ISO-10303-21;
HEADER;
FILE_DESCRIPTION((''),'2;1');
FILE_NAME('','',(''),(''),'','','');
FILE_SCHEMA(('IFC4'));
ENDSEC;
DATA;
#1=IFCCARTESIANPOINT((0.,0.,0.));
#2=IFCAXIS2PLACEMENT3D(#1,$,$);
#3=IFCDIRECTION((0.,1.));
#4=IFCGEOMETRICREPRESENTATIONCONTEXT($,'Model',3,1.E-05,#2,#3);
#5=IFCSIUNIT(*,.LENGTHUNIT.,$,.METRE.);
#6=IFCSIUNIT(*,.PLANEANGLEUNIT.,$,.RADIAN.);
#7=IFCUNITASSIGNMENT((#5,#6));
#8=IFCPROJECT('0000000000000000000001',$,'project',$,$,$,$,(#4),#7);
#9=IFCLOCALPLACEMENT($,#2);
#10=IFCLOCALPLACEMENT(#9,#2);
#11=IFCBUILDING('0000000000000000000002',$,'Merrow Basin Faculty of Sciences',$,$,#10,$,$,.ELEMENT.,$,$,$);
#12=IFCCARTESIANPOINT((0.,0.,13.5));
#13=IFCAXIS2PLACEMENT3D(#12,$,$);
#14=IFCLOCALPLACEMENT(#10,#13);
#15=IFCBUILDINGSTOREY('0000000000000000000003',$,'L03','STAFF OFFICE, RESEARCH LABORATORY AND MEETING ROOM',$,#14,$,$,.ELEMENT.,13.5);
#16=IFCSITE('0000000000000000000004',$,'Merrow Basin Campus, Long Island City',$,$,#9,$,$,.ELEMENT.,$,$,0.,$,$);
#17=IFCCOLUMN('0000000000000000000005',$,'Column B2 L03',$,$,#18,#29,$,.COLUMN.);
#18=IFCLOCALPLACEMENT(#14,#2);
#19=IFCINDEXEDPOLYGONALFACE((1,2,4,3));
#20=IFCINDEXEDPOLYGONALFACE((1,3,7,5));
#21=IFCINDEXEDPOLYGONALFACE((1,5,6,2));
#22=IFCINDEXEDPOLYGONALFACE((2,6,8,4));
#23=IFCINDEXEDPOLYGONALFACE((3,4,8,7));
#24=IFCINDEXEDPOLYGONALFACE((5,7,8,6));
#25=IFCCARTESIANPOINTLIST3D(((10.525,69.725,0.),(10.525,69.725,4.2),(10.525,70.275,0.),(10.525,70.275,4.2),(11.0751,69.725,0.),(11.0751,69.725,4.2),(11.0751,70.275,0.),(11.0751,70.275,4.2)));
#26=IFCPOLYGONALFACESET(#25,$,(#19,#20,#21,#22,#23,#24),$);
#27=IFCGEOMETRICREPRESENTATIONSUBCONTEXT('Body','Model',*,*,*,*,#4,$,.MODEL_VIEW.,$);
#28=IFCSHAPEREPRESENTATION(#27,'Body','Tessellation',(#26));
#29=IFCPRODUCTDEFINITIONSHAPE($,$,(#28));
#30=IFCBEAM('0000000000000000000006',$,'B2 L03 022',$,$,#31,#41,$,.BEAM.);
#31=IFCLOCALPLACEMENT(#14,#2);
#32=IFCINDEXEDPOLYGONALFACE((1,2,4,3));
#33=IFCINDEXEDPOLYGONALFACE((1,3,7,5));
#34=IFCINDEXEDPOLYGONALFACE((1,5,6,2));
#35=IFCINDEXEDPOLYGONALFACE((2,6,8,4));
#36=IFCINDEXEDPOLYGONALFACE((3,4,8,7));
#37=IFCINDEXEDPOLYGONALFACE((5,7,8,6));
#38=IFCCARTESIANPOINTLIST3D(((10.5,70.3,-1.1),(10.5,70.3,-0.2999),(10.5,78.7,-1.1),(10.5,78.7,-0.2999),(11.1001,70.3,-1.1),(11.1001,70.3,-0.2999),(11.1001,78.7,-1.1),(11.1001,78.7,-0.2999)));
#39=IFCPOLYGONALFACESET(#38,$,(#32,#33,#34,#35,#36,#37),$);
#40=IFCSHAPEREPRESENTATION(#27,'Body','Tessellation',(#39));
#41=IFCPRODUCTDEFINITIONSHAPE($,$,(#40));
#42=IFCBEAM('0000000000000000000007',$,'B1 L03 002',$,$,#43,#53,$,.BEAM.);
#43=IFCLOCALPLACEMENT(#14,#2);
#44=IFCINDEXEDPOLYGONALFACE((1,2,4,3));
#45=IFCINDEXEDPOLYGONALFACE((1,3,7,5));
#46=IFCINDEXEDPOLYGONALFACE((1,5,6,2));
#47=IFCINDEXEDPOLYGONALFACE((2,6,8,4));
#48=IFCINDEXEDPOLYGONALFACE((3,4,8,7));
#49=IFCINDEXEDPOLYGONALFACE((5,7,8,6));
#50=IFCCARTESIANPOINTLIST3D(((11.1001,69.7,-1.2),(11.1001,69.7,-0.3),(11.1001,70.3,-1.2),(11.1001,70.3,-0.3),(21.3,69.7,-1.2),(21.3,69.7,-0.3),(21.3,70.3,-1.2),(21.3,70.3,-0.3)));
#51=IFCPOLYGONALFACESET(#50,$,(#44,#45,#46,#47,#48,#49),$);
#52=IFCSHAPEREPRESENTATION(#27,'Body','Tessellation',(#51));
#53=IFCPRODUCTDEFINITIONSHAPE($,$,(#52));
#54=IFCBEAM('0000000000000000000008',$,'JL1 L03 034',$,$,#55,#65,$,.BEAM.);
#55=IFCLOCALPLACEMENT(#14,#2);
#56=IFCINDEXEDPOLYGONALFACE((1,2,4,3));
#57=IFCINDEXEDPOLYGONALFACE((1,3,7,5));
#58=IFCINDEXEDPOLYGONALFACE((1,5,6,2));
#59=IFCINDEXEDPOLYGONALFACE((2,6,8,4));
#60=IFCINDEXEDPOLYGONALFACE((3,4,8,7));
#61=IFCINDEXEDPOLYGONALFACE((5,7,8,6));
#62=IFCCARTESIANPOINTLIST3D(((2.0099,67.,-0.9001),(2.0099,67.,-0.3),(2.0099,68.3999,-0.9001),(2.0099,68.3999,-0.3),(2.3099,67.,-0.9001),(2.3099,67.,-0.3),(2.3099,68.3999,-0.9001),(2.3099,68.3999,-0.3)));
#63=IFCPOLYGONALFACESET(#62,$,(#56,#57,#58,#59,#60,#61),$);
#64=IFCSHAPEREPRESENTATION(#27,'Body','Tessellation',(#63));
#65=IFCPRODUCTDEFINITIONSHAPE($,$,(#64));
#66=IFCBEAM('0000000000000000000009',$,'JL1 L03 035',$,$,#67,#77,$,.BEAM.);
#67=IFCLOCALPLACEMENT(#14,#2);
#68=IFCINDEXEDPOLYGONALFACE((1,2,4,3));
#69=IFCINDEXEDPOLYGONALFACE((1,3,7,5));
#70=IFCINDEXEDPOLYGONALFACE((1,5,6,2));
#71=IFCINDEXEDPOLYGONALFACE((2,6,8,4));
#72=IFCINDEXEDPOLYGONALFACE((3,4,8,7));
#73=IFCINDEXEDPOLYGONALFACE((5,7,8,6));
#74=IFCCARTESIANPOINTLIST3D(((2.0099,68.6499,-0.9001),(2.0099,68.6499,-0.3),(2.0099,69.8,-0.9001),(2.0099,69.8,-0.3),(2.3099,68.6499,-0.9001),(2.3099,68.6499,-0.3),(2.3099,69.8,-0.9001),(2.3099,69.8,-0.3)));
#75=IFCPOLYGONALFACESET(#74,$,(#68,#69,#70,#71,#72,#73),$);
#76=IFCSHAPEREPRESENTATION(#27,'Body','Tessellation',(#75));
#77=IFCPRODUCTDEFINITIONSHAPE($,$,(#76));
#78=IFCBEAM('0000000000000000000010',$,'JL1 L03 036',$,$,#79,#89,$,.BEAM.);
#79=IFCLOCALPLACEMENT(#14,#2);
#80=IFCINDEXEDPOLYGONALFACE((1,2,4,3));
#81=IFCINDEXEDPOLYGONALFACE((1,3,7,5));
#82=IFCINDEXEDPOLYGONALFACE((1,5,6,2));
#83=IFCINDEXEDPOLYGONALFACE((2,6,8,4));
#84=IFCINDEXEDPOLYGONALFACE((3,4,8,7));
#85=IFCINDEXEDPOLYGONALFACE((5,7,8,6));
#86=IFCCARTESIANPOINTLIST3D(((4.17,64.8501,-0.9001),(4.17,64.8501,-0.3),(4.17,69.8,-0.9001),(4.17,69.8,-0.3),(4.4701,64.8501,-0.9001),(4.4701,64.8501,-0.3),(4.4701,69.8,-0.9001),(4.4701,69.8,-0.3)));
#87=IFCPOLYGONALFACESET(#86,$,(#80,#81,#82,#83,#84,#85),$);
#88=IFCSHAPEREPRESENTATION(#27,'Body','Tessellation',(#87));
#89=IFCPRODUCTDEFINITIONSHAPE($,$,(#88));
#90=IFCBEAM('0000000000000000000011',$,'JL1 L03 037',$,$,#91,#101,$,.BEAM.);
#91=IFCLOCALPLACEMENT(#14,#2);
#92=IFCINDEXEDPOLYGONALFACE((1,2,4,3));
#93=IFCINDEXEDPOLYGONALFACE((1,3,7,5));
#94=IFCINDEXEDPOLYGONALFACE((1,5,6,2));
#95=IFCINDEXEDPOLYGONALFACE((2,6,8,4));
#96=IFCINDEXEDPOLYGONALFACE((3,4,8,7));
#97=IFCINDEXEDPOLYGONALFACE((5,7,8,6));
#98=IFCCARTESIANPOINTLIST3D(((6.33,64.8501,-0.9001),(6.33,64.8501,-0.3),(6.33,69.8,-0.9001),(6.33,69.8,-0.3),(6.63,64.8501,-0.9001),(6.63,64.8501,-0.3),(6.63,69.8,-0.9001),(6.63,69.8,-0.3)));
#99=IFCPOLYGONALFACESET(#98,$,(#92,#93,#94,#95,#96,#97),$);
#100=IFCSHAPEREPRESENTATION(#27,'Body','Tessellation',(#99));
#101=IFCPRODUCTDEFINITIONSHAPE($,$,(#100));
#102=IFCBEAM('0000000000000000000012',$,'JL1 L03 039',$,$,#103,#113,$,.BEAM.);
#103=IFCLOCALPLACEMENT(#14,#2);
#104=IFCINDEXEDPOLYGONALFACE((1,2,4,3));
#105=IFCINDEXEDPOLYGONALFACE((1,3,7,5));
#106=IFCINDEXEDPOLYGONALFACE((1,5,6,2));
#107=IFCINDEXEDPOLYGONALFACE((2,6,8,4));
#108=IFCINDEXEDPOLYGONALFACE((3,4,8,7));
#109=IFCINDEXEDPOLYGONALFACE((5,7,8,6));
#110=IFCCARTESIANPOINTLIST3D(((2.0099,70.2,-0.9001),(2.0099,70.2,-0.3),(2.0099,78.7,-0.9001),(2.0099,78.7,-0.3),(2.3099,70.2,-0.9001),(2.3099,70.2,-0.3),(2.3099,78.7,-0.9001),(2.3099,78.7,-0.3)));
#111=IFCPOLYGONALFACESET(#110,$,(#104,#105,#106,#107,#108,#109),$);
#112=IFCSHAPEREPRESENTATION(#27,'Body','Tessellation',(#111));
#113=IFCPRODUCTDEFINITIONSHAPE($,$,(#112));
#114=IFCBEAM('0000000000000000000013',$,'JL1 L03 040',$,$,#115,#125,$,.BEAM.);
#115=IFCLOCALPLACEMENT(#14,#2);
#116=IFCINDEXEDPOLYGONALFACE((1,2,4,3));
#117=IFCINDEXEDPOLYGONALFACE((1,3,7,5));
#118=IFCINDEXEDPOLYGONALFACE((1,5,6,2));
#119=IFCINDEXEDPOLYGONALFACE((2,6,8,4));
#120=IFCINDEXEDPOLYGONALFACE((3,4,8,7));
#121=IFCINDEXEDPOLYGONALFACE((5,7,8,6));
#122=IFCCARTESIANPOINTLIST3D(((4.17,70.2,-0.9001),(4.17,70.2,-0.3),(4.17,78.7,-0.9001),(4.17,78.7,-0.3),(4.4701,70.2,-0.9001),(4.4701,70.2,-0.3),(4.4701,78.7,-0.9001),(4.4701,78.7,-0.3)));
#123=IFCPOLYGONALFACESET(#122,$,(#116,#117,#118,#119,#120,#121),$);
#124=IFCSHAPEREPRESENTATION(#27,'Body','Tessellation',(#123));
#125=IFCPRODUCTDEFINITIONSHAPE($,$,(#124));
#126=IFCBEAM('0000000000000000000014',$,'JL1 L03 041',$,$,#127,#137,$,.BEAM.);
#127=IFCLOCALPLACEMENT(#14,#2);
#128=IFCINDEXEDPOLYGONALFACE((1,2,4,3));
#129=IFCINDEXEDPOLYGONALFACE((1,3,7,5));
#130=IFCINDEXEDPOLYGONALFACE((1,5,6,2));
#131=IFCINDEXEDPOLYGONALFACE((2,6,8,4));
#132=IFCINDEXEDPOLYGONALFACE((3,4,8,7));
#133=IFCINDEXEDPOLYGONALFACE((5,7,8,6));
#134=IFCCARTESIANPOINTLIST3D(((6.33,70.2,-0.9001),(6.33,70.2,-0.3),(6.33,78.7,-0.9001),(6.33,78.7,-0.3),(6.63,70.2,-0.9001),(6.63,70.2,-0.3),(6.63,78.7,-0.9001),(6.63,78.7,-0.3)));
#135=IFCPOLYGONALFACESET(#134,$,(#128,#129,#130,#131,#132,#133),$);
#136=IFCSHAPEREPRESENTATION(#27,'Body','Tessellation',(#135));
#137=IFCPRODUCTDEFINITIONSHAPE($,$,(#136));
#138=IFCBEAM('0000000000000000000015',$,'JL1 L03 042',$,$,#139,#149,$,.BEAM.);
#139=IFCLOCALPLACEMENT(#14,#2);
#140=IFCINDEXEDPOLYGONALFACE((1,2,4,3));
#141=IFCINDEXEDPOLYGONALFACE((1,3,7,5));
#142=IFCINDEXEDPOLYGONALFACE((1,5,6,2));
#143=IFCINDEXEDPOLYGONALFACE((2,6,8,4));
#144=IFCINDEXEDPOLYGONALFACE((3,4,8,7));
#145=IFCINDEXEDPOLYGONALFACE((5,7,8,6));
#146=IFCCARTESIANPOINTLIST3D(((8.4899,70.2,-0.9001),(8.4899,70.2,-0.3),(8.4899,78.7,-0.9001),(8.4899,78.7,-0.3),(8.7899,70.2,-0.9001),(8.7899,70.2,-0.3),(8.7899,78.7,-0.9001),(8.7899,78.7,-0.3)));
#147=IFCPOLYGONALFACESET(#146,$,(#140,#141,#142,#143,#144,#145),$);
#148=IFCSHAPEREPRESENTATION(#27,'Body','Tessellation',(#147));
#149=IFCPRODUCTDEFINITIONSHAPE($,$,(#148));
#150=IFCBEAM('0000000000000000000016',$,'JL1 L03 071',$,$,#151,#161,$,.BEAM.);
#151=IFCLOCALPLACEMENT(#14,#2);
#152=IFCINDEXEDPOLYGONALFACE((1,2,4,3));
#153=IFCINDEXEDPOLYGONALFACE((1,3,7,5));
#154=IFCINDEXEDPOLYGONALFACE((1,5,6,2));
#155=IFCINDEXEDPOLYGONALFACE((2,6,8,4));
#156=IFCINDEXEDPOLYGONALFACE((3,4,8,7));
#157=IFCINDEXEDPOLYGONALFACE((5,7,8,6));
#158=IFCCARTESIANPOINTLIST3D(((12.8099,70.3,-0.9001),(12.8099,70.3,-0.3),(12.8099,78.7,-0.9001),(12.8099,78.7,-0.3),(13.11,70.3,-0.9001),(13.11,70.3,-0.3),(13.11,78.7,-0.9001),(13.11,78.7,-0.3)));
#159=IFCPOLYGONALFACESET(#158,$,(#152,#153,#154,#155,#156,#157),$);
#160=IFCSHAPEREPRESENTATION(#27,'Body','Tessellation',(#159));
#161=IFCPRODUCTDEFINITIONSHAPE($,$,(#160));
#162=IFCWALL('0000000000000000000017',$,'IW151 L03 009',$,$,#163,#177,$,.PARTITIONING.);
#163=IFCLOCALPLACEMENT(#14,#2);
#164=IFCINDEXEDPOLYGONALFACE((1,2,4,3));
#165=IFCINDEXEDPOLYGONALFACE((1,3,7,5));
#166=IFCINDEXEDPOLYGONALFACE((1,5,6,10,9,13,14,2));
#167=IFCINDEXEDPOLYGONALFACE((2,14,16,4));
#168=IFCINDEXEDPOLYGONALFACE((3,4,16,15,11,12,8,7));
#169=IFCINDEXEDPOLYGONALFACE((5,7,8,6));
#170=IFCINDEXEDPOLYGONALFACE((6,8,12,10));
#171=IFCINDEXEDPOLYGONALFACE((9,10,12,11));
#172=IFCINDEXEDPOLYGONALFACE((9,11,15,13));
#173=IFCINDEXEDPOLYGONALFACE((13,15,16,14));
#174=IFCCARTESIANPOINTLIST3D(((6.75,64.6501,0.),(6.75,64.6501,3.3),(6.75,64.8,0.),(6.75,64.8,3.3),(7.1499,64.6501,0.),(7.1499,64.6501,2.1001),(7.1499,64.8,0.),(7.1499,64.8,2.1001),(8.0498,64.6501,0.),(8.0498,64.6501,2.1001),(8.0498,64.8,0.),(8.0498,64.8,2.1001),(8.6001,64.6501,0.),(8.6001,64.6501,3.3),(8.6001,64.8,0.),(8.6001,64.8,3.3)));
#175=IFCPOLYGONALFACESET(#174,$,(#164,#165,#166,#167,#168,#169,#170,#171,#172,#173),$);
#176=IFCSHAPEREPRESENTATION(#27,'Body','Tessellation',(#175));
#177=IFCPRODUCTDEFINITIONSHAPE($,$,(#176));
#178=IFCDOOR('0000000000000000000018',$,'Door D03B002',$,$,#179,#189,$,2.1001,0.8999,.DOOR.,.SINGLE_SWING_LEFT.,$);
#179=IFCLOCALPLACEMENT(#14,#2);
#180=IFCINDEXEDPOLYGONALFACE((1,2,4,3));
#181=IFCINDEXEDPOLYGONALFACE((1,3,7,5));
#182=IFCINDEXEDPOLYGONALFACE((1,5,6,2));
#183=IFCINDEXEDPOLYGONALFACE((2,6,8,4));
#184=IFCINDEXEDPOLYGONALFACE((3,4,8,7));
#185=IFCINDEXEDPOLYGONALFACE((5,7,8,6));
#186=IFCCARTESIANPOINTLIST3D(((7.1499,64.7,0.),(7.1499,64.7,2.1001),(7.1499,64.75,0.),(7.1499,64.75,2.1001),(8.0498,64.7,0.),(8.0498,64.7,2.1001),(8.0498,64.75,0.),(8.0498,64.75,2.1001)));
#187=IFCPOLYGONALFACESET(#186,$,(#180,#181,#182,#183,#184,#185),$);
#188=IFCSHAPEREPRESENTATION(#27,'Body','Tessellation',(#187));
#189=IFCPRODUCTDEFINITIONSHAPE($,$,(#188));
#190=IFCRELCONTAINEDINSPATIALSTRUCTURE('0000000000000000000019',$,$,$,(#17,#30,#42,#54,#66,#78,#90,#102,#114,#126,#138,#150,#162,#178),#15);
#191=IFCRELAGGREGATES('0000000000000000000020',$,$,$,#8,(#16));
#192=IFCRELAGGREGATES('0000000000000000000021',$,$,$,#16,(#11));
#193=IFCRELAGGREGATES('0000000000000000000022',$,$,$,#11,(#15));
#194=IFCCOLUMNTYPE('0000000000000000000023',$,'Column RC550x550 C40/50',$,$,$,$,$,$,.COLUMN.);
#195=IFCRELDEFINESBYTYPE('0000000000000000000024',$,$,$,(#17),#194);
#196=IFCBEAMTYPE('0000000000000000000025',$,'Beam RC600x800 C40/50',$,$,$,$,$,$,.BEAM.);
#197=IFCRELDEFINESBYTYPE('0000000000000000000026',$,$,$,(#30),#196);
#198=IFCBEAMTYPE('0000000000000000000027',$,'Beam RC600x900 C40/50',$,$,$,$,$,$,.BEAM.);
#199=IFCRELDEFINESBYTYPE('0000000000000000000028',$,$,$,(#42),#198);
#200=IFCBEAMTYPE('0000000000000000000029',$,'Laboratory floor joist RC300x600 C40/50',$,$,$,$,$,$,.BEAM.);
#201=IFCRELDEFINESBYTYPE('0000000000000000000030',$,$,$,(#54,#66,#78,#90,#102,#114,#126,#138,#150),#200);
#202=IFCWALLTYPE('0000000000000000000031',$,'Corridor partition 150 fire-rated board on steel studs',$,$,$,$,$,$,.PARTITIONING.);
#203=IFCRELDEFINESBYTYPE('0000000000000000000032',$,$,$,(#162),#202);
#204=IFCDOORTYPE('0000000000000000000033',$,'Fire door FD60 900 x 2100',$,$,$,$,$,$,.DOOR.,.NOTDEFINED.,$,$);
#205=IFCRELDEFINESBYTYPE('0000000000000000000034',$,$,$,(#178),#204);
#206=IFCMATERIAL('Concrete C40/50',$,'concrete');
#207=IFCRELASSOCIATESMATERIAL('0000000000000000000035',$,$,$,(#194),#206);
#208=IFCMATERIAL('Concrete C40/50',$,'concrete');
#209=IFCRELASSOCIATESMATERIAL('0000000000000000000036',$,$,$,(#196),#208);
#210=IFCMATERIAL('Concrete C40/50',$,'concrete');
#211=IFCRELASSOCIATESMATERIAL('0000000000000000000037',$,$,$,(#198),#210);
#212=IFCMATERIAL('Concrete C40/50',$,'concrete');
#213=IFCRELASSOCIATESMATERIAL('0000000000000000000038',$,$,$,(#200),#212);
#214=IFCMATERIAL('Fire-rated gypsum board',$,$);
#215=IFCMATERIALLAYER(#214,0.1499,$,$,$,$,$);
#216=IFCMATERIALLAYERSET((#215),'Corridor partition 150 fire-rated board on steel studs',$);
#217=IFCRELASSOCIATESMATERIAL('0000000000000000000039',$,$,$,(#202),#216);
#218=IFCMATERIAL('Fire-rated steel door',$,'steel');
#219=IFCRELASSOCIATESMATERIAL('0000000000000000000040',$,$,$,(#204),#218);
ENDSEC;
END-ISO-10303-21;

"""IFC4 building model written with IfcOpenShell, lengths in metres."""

from ifc_helpers import new_model, si_unit, direction, frame, frame_2d, origin, origin_2d, place, context, subcontext, project, spatial, rectangle, extrude, material, layer, layer_set, material_profile, profile_set, type_object, element, fill, save


model = new_model("IFC4")

# Units and contexts
model_context = context("Model", 3, precision=1e-05, world=origin(), true_north=direction((0.0, 1.0)))
body_context = subcontext(model_context, "Body", "Model", "MODEL_VIEW")
ifc_project = project(units=[si_unit("LENGTHUNIT", "METRE"), si_unit("PLANEANGLEUNIT", "RADIAN")], contexts=[model_context])

# Site, building, storey
site_placement = place(None, origin())
site = spatial("IfcSite", under=ifc_project, at=site_placement, Name="Merrow Basin Campus, Long Island City", CompositionType="ELEMENT", RefElevation=0.0)
building_placement = place(site_placement, origin())
building = spatial("IfcBuilding", under=site, at=building_placement, Name="Merrow Basin Faculty of Sciences", CompositionType="ELEMENT")
storey_placement = place(building_placement, frame((0.0, 0.0, 13.5)))
storey = spatial("IfcBuildingStorey", under=building, at=storey_placement, Name="L03", Description="STAFF OFFICE, RESEARCH LABORATORY AND MEETING ROOM", CompositionType="ELEMENT", Elevation=13.5)

# Column
ifc_material_1 = material(Name="Concrete C40/50", Category="concrete")
ifc_material_profile_1 = material_profile(ifc_material_1, rectangle(XDim=0.55, YDim=0.55, at=origin_2d()))
ifc_profile_set_1 = profile_set([ifc_material_profile_1], Name="Concrete C40/50")
column_type = type_object("IfcColumnType", Name="Column RC550x550 C40/50", PredefinedType="COLUMN", material=ifc_profile_set_1)
column_placement = place(storey_placement, frame((10.8, 70.0, 0.0), z_axis=(0.0, 0.0, 1.0), x_axis=(1.0, 0.0, 0.0)))
element("IfcColumn", 1, at=column_placement, inside=storey, type_object=column_type, Name="Column B2 L03", PredefinedType="COLUMN", context=body_context, shape_type="SweptSolid", body=[
    extrude(rectangle(XDim=0.55, YDim=0.55, at=origin_2d()), origin(), (0.0, 0.0, 1.0), 4.2),
])

# Beams
ifc_material_2 = material(Name="Concrete C40/50", Category="concrete")
ifc_material_profile_2 = material_profile(ifc_material_2, rectangle(XDim=0.6001, YDim=0.8, at=origin_2d()))
ifc_profile_set_2 = profile_set([ifc_material_profile_2], Name="Concrete C40/50")
beam_type_1 = type_object("IfcBeamType", Name="Beam RC600x800 C40/50", PredefinedType="BEAM", material=ifc_profile_set_2)
beam_1_placement = place(storey_placement, frame((10.8, 70.3, -0.7), z_axis=(0.0, 1.0, 0.0), x_axis=(-1.0, 0.0, 0.0)))
element("IfcBeam", 2, at=beam_1_placement, inside=storey, type_object=beam_type_1, Name="B2 L03 022", PredefinedType="BEAM", context=body_context, shape_type="SweptSolid", body=[
    extrude(rectangle(XDim=0.6001, YDim=0.8, at=origin_2d()), origin(), (0.0, 0.0, 1.0), 8.3999),
])
ifc_material_3 = material(Name="Concrete C40/50", Category="concrete")
ifc_material_profile_3 = material_profile(ifc_material_3, rectangle(XDim=0.6001, YDim=0.8999, at=origin_2d()))
ifc_profile_set_3 = profile_set([ifc_material_profile_3], Name="Concrete C40/50")
beam_type_2 = type_object("IfcBeamType", Name="Beam RC600x900 C40/50", PredefinedType="BEAM", material=ifc_profile_set_3)
beam_2_placement = place(storey_placement, frame((11.1001, 70.0, -0.75), z_axis=(1.0, 0.0, 0.0), x_axis=(0.0, 1.0, 0.0)))
element("IfcBeam", 3, at=beam_2_placement, inside=storey, type_object=beam_type_2, Name="B1 L03 002", PredefinedType="BEAM", context=body_context, shape_type="SweptSolid", body=[
    extrude(rectangle(XDim=0.6001, YDim=0.8999, at=origin_2d()), origin(), (0.0, 0.0, 1.0), 10.2),
])
ifc_material_4 = material(Name="Concrete C40/50", Category="concrete")
ifc_material_profile_4 = material_profile(ifc_material_4, rectangle(XDim=0.3, YDim=0.6001, at=origin_2d()))
ifc_profile_set_4 = profile_set([ifc_material_profile_4], Name="Concrete C40/50")
beam_type_3 = type_object("IfcBeamType", Name="Laboratory floor joist RC300x600 C40/50", PredefinedType="BEAM", material=ifc_profile_set_4)
beam_3_placement = place(storey_placement, frame((2.1599, 67.0, -0.6001), z_axis=(0.0, 1.0, 0.0), x_axis=(-1.0, 0.0, 0.0)))
element("IfcBeam", 4, at=beam_3_placement, inside=storey, type_object=beam_type_3, Name="JL1 L03 034", PredefinedType="BEAM", context=body_context, shape_type="SweptSolid", body=[
    extrude(rectangle(XDim=0.3, YDim=0.6001, at=origin_2d()), origin(), (0.0, 0.0, 1.0), 1.3999),
])
beam_4_placement = place(storey_placement, frame((2.1599, 68.6499, -0.6001), z_axis=(0.0, 1.0, 0.0), x_axis=(-1.0, 0.0, 0.0)))
element("IfcBeam", 5, at=beam_4_placement, inside=storey, type_object=beam_type_3, Name="JL1 L03 035", PredefinedType="BEAM", context=body_context, shape_type="SweptSolid", body=[
    extrude(rectangle(XDim=0.3, YDim=0.6001, at=origin_2d()), origin(), (0.0, 0.0, 1.0), 1.1501),
])
for number, where, z_axis, x_axis, name in (
    (6, (4.3201, 64.8501, -0.6001), (0.0, 1.0, 0.0), (-1.0, 0.0, 0.0), "JL1 L03 036"),
    (7, (6.48, 64.8501, -0.6001), (0.0, 1.0, 0.0), (-1.0, 0.0, 0.0), "JL1 L03 037"),
):
    element("IfcBeam", number, at=place(storey_placement, frame(where, z_axis=z_axis, x_axis=x_axis)), inside=storey, type_object=beam_type_3, Name=name, PredefinedType="BEAM", context=body_context, shape_type="SweptSolid", body=[
        extrude(rectangle(XDim=0.3, YDim=0.6001, at=origin_2d()), origin(), (0.0, 0.0, 1.0), 4.95),
    ])
for number, where, z_axis, x_axis, name in (
    (8, (2.1599, 70.2, -0.6001), (0.0, 1.0, 0.0), (-1.0, 0.0, 0.0), "JL1 L03 039"),
    (9, (4.3201, 70.2, -0.6001), (0.0, 1.0, 0.0), (-1.0, 0.0, 0.0), "JL1 L03 040"),
    (10, (6.48, 70.2, -0.6001), (0.0, 1.0, 0.0), (-1.0, 0.0, 0.0), "JL1 L03 041"),
    (11, (8.6399, 70.2, -0.6001), (0.0, 1.0, 0.0), (-1.0, 0.0, 0.0), "JL1 L03 042"),
):
    element("IfcBeam", number, at=place(storey_placement, frame(where, z_axis=z_axis, x_axis=x_axis)), inside=storey, type_object=beam_type_3, Name=name, PredefinedType="BEAM", context=body_context, shape_type="SweptSolid", body=[
        extrude(rectangle(XDim=0.3, YDim=0.6001, at=origin_2d()), origin(), (0.0, 0.0, 1.0), 8.5),
    ])
beam_5_placement = place(storey_placement, frame((12.96, 70.3, -0.6001), z_axis=(0.0, 1.0, 0.0), x_axis=(-1.0, 0.0, 0.0)))
element("IfcBeam", 12, at=beam_5_placement, inside=storey, type_object=beam_type_3, Name="JL1 L03 071", PredefinedType="BEAM", context=body_context, shape_type="SweptSolid", body=[
    extrude(rectangle(XDim=0.3, YDim=0.6001, at=origin_2d()), origin(), (0.0, 0.0, 1.0), 8.3999),
])

# Wall, opening, door
ifc_material_5 = material(Name="Fire-rated gypsum board")
ifc_layer_1 = layer(ifc_material_5, 0.1499)
ifc_layer_set_1 = layer_set([ifc_layer_1], Name="Corridor partition 150 fire-rated board on steel studs")
wall_type_1 = type_object("IfcWallType", Name="Corridor partition 150 fire-rated board on steel studs", PredefinedType="PARTITIONING", material=ifc_layer_set_1)
wall_1_placement = place(storey_placement, frame((6.75, 64.7251, 0.0), z_axis=(0.0, 0.0, 1.0), x_axis=(1.0, 0.0, 0.0)))
wall_1 = element("IfcWall", 13, at=wall_1_placement, inside=storey, type_object=wall_type_1, Name="IW151 L03 009", PredefinedType="PARTITIONING", context=body_context, shape_type="SweptSolid", body=[
    extrude(rectangle(XDim=1.8501, YDim=0.1499, at=frame_2d((0.925, 0.0))), origin(), (0.0, 0.0, 1.0), 3.3),
])
opening_1_placement = place(wall_1_placement, frame((0.3999, 0.0, 0.0)))
opening_1 = element("IfcOpeningElement", 14, at=opening_1_placement, cuts=wall_1, PredefinedType="OPENING", context=body_context, shape_type="SweptSolid", body=[
    extrude(rectangle(XDim=0.8999, YDim=2.1001, at=frame_2d((0.45, 1.05))), frame((0.0, 0.085, 0.0), z_axis=(0.0, -1.0, 0.0), x_axis=(1.0, 0.0, 0.0)), (0.0, 0.0, 1.0), 0.1699),
])
ifc_material_6 = material(Name="Fire-rated steel door", Category="steel")
door_type_1 = type_object("IfcDoorType", Name="Fire door FD60 900 x 2100", OperationType="NOTDEFINED", PredefinedType="DOOR", material=ifc_material_6)
door_1_placement = place(opening_1_placement, origin())
door_1 = element("IfcDoor", 15, at=door_1_placement, inside=storey, type_object=door_type_1, Name="Door D03B002", OperationType="SINGLE_SWING_LEFT", OverallHeight=2.1001, OverallWidth=0.8999, PredefinedType="DOOR", context=body_context, shape_type="SweptSolid", body=[
    extrude(rectangle(XDim=0.8999, YDim=2.1001, at=frame_2d((0.45, 1.05))), frame((0.0, 0.0249, 0.0), z_axis=(0.0, -1.0, 0.0), x_axis=(1.0, 0.0, 0.0)), (0.0, 0.0, 1.0), 0.05),
])
fill(opening_1, door_1)

save(model, "model.ifc")
